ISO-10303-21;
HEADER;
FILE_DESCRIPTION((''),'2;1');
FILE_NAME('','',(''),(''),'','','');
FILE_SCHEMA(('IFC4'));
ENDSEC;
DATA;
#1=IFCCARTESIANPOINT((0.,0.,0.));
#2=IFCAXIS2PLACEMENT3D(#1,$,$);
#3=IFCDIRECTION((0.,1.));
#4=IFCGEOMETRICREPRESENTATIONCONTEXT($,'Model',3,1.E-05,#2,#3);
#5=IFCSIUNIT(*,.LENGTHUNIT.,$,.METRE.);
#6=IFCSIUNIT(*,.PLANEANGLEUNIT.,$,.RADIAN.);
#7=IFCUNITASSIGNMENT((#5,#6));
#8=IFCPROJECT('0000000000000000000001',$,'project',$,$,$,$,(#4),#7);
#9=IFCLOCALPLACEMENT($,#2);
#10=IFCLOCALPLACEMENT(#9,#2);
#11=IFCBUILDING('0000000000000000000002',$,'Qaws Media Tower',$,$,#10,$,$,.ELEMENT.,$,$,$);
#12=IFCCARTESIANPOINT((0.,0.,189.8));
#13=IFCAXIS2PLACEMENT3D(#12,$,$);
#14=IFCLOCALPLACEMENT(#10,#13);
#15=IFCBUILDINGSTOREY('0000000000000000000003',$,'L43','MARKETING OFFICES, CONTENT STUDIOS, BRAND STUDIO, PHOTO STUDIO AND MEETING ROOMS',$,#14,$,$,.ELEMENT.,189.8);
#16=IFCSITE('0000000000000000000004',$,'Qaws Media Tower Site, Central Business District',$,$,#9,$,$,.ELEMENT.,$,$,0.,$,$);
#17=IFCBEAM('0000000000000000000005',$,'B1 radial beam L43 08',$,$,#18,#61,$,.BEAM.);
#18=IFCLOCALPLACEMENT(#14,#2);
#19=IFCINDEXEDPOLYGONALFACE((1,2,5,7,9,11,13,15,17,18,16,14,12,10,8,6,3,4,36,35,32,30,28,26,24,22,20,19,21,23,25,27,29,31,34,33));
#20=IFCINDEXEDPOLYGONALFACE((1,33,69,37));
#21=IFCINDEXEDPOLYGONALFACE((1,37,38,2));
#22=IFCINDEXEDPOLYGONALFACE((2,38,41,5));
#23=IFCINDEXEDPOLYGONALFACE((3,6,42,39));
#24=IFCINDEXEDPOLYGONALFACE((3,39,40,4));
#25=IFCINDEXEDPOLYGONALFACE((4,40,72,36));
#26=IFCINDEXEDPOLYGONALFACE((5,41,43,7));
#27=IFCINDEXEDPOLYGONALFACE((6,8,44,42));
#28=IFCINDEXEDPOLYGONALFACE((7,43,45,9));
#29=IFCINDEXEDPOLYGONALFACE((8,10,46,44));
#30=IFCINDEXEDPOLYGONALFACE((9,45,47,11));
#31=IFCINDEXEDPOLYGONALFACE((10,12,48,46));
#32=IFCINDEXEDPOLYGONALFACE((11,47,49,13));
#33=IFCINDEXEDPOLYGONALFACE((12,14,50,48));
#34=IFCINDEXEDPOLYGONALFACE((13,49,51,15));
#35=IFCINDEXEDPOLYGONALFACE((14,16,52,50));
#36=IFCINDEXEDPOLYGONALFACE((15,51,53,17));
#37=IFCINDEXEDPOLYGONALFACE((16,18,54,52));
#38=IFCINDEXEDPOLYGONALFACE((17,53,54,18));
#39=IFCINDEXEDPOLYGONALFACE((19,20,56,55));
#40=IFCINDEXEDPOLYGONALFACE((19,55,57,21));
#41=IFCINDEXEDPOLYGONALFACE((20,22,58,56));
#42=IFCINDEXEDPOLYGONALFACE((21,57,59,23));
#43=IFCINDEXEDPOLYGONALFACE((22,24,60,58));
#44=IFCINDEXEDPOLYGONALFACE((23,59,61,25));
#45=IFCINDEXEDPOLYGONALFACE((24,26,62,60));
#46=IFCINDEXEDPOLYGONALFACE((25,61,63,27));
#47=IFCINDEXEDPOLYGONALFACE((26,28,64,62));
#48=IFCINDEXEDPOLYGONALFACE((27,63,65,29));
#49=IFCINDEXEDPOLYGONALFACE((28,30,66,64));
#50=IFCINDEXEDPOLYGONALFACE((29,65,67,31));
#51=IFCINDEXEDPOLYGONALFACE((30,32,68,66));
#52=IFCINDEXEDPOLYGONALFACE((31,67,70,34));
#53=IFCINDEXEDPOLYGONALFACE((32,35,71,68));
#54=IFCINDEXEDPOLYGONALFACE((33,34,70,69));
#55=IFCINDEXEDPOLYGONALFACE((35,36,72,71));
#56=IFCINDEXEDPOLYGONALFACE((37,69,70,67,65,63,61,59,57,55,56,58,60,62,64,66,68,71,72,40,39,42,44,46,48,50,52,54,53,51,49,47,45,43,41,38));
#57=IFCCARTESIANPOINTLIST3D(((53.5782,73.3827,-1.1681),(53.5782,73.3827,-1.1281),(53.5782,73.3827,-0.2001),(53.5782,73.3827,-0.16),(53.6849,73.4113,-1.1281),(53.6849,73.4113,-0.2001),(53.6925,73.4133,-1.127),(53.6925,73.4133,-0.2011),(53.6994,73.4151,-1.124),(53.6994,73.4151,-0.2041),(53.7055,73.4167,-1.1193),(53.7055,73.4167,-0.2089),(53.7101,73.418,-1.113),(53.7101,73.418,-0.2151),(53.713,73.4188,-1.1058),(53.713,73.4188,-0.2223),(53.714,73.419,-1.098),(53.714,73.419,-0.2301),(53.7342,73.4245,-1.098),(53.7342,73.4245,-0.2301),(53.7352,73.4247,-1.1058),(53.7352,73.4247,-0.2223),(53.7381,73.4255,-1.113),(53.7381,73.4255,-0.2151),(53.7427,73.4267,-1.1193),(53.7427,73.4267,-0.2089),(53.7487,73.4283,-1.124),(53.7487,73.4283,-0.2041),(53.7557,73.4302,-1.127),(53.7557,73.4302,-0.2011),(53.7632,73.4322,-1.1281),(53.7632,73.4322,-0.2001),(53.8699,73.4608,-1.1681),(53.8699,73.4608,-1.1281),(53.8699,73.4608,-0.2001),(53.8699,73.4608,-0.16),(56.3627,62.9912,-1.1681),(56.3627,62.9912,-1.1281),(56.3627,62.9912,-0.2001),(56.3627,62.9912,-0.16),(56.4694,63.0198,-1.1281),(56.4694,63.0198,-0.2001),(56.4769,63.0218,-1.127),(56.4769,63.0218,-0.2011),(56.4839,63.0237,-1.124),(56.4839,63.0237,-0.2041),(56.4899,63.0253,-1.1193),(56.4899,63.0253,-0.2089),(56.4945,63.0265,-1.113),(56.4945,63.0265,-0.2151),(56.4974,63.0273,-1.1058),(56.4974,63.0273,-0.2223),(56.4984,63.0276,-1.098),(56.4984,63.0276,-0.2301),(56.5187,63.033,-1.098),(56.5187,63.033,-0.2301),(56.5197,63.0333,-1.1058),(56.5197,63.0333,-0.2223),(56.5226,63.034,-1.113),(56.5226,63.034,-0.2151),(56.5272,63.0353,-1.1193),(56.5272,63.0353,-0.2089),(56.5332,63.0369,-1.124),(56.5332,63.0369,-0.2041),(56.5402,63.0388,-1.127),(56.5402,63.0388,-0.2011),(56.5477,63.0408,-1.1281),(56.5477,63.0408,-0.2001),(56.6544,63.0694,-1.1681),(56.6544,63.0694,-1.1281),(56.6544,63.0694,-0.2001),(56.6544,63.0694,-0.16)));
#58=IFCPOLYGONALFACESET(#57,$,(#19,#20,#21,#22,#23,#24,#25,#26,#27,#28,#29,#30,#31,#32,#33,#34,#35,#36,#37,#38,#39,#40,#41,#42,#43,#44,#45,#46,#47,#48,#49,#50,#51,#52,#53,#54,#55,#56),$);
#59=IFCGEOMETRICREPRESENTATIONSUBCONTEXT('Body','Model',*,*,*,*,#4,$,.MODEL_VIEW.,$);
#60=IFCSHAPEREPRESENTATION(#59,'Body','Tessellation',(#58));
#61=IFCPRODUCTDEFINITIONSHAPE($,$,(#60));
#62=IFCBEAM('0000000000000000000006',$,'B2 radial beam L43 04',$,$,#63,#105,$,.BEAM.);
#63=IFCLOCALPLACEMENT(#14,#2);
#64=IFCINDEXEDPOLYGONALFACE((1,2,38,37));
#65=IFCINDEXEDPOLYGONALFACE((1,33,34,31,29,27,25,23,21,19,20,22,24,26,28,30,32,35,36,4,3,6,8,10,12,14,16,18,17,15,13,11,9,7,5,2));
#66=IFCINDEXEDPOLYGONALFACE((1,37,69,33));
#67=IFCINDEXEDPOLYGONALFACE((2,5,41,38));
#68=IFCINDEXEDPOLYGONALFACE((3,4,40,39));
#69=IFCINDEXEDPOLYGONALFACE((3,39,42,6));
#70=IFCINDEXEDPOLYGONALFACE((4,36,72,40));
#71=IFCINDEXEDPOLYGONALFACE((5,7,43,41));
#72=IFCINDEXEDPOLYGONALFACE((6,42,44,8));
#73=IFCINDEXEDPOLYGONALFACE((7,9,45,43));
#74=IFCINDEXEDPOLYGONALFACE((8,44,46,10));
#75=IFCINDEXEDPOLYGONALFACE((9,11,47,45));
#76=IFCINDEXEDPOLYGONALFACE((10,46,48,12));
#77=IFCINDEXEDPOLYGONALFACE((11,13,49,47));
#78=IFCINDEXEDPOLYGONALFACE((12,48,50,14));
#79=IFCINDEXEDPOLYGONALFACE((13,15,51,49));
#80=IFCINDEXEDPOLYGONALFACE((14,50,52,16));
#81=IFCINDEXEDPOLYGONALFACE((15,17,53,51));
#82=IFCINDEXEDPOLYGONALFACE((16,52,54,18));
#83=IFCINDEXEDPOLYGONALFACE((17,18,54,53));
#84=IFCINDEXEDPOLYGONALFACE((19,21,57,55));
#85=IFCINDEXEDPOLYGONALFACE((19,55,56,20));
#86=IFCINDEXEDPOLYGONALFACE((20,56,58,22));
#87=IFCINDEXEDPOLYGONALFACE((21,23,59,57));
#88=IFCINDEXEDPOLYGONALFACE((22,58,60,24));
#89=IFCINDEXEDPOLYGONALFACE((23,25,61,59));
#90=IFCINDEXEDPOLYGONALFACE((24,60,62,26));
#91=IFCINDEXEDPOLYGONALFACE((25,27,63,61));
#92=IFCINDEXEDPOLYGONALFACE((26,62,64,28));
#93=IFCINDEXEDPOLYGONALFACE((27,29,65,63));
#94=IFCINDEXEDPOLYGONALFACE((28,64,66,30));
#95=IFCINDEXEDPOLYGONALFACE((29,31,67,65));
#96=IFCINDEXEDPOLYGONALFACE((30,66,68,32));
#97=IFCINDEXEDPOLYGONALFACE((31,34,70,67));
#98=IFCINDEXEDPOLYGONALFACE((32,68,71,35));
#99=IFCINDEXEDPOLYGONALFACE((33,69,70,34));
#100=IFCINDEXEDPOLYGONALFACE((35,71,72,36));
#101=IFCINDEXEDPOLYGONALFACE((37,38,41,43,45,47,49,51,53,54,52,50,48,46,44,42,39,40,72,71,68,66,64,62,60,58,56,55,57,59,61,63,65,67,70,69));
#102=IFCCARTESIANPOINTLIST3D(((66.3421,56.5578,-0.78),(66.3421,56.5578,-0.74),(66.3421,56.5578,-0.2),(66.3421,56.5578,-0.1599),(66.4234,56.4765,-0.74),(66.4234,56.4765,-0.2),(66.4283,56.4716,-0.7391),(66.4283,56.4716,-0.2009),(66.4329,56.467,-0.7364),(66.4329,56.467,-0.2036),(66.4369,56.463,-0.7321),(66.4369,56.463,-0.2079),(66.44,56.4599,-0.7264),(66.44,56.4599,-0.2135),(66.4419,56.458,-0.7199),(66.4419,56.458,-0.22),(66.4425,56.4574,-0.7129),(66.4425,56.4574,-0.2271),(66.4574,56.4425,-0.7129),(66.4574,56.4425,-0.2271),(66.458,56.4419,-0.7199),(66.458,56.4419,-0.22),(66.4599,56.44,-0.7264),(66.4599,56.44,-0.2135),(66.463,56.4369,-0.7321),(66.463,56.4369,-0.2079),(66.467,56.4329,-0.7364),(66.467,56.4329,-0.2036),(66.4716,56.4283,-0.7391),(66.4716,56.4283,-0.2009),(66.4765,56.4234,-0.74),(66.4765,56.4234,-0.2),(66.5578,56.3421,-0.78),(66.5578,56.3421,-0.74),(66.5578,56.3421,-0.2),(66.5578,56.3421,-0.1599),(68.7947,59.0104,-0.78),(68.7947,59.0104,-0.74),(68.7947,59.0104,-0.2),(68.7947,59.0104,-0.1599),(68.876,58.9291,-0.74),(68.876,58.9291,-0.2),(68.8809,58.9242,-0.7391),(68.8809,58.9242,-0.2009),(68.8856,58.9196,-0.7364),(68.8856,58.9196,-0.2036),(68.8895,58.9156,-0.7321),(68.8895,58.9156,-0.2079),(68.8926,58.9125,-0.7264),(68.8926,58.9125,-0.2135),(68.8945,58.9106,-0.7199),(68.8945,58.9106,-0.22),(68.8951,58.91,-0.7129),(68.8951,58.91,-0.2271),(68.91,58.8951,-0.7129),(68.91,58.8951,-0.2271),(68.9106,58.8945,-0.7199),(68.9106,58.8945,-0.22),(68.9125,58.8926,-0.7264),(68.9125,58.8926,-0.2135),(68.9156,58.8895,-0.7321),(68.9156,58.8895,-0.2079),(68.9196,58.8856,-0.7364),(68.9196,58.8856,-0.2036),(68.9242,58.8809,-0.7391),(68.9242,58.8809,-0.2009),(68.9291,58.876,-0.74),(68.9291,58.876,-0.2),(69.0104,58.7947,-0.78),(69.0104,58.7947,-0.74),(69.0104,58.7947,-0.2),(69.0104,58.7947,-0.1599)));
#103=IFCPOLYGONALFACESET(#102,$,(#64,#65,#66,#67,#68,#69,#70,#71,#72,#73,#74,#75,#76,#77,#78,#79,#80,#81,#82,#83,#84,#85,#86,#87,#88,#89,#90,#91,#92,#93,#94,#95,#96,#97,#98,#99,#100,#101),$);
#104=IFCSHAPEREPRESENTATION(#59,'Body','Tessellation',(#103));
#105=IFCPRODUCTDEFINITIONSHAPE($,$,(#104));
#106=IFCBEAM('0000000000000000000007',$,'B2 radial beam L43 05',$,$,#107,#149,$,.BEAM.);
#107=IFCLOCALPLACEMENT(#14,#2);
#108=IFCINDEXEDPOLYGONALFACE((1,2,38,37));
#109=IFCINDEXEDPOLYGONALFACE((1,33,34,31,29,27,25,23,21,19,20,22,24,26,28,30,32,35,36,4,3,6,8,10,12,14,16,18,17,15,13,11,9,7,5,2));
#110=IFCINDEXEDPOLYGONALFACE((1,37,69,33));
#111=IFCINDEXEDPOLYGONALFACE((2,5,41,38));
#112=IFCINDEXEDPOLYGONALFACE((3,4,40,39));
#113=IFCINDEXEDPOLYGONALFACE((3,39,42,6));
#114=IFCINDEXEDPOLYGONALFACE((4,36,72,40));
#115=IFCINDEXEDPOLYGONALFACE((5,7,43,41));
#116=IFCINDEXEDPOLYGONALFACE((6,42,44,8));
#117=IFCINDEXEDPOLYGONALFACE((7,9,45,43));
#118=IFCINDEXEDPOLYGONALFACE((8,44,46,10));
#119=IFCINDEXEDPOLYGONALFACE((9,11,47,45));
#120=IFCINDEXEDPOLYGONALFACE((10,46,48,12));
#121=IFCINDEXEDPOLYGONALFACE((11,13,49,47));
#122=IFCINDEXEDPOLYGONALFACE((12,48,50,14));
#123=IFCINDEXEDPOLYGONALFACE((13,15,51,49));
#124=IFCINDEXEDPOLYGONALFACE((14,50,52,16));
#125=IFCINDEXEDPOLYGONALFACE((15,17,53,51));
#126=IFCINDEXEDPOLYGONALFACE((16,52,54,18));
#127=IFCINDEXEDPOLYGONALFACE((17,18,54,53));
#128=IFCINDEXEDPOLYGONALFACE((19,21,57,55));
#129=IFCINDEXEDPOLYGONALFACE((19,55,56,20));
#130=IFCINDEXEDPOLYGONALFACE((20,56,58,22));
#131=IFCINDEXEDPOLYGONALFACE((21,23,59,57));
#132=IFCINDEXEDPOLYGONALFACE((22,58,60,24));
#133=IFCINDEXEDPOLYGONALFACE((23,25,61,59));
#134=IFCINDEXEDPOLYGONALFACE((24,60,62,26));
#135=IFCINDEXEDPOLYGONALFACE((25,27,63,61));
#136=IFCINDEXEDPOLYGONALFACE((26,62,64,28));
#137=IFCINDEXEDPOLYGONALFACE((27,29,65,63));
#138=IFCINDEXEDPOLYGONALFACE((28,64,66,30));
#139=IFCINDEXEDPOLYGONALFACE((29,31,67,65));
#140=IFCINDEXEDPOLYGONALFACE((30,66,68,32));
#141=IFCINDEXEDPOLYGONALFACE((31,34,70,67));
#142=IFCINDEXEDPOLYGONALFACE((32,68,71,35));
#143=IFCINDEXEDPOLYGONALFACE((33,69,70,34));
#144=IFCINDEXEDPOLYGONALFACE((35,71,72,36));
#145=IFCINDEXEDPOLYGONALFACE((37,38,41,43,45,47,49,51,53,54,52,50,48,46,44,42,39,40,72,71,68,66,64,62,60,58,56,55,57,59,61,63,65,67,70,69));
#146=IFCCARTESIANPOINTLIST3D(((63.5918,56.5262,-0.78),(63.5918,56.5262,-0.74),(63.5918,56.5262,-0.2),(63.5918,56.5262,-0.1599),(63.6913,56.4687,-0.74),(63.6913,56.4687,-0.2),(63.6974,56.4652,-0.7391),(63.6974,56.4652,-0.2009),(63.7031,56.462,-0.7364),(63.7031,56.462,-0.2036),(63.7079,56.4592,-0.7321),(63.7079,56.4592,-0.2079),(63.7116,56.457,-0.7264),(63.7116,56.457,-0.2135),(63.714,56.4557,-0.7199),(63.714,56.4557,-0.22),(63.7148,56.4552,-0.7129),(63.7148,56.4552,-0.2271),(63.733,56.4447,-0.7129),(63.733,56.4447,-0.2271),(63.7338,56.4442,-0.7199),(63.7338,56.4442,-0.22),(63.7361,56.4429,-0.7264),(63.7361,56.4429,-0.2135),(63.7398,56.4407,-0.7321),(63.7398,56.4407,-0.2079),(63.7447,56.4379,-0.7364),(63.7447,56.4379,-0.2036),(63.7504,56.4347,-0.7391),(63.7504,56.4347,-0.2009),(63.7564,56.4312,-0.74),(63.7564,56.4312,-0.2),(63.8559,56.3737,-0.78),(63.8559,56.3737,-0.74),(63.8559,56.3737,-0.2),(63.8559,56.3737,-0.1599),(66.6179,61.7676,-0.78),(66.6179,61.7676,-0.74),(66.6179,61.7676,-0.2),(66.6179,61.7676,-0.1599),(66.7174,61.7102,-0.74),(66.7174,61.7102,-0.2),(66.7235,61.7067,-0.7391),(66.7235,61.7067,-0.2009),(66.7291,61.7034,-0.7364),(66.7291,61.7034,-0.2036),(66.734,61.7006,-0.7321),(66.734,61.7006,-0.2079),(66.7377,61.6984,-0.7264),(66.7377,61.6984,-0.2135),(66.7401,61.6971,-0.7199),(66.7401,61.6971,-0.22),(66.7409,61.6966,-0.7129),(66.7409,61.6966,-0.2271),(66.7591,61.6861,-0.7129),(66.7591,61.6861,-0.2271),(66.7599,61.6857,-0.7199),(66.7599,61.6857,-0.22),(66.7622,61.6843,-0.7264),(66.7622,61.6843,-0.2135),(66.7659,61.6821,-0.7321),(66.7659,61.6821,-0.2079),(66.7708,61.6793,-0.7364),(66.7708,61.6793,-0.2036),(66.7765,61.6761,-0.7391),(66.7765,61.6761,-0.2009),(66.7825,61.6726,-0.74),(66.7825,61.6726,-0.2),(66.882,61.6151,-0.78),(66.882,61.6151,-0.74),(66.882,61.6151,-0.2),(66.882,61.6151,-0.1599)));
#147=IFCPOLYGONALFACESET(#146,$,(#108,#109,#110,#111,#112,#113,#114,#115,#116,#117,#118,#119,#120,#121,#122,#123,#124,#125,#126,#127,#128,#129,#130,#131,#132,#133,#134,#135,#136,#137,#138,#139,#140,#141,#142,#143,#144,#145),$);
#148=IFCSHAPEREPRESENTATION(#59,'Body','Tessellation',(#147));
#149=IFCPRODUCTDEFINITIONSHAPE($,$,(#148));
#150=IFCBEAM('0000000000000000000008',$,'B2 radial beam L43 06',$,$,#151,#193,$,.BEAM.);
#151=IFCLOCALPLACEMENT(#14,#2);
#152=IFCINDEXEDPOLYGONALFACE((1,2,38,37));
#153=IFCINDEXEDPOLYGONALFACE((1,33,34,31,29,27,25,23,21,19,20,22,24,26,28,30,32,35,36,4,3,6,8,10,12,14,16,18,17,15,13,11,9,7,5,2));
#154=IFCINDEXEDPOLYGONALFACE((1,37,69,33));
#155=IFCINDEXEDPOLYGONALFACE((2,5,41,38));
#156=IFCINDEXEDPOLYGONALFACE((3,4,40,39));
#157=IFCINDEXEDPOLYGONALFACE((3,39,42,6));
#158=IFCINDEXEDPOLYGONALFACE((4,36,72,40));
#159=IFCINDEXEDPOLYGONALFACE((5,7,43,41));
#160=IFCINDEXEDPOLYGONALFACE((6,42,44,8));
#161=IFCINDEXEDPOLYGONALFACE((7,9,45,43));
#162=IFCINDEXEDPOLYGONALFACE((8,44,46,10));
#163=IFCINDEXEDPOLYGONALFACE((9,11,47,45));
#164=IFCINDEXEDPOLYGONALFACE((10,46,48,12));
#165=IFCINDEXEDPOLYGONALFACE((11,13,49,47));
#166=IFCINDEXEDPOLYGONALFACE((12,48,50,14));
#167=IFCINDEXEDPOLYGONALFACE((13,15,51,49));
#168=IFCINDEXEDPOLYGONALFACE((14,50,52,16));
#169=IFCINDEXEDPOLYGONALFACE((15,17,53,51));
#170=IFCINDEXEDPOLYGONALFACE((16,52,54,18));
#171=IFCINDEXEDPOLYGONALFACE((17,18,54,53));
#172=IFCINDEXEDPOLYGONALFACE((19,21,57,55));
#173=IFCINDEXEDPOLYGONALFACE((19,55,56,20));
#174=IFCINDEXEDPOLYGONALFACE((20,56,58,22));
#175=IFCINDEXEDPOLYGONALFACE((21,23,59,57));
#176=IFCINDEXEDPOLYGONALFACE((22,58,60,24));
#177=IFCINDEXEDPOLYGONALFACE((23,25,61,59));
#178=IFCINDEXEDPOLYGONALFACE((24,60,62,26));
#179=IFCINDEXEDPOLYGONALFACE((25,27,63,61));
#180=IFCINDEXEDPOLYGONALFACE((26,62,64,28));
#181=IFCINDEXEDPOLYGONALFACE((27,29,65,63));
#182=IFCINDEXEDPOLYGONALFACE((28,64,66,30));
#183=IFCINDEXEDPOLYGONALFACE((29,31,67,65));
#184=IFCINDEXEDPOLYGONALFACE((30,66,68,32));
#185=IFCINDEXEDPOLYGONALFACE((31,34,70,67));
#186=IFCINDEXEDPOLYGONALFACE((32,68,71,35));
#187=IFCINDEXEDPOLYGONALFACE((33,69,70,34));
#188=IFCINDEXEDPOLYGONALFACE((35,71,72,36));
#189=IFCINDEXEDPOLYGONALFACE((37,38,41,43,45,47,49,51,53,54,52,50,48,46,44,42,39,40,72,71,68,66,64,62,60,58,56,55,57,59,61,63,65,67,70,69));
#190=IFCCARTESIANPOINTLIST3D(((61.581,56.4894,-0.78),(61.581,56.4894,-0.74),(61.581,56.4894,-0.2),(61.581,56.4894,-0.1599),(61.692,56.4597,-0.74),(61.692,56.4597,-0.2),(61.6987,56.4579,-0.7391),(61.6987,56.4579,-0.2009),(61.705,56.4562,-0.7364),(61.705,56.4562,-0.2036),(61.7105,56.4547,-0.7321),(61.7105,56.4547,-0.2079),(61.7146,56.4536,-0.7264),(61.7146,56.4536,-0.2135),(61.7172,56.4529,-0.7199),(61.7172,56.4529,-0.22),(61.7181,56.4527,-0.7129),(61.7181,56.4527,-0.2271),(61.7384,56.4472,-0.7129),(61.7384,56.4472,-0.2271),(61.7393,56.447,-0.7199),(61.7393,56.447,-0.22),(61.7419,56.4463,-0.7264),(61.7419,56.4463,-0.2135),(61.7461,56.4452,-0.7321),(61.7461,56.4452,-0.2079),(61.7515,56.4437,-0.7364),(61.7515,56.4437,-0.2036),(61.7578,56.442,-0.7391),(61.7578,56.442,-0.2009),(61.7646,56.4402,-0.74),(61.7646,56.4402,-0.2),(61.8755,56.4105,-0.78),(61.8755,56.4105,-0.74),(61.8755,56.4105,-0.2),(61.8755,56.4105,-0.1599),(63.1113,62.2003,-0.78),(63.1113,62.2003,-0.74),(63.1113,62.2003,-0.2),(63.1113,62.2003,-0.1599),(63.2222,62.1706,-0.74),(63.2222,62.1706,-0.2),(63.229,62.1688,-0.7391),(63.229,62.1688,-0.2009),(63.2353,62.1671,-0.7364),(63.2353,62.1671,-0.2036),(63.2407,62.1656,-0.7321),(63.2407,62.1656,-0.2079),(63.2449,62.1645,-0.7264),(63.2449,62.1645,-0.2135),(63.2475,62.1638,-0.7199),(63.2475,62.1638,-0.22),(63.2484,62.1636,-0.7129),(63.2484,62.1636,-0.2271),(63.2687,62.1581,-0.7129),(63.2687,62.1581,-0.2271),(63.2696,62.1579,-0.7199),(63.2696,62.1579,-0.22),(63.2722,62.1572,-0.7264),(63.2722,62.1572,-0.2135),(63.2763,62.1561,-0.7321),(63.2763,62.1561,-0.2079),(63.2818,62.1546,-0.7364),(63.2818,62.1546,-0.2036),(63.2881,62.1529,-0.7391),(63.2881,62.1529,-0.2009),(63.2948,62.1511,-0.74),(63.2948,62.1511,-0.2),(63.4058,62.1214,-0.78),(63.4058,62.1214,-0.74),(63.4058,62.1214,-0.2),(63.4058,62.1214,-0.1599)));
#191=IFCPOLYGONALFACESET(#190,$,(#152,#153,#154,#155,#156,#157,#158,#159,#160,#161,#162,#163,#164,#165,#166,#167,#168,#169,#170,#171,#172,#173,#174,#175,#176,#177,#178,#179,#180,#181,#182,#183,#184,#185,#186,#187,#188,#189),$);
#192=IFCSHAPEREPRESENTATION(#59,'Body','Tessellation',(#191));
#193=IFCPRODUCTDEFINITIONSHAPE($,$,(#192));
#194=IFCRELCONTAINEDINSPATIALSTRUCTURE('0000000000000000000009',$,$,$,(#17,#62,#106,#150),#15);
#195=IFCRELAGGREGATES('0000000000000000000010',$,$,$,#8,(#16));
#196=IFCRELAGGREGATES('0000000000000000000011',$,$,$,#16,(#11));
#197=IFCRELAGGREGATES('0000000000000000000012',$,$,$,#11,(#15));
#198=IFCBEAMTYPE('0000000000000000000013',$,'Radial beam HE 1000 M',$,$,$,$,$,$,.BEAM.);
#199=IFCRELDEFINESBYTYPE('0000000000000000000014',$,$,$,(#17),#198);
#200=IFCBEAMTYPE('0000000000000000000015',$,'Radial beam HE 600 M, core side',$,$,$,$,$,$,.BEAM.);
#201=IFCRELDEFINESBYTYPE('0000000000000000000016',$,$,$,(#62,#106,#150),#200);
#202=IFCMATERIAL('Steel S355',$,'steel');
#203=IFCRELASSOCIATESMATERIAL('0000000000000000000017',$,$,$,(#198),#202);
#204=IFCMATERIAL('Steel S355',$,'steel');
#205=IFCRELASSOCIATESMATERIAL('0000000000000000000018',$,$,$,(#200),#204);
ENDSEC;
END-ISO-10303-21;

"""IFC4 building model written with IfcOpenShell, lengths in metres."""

from ifc_helpers import new_model, si_unit, direction, frame, origin, origin_2d, place, context, subcontext, project, spatial, i_section, extrude, material, material_profile, profile_set, type_object, element, save


model = new_model("IFC4")

# Units and contexts
model_context = context("Model", 3, precision=1e-05, world=origin(), true_north=direction((0.0, 1.0)))
body_context = subcontext(model_context, "Body", "Model", "MODEL_VIEW")
ifc_project = project(units=[si_unit("LENGTHUNIT", "METRE"), si_unit("PLANEANGLEUNIT", "RADIAN")], contexts=[model_context])

# Site, building, storey
site_placement = place(None, origin())
site = spatial("IfcSite", under=ifc_project, at=site_placement, Name="Qaws Media Tower Site, Central Business District", CompositionType="ELEMENT", RefElevation=0.0)
building_placement = place(site_placement, origin())
building = spatial("IfcBuilding", under=site, at=building_placement, Name="Qaws Media Tower", CompositionType="ELEMENT")
storey_placement = place(building_placement, frame((0.0, 0.0, 189.8)))
storey = spatial("IfcBuildingStorey", under=building, at=storey_placement, Name="L43", Description="MARKETING OFFICES, CONTENT STUDIOS, BRAND STUDIO, PHOTO STUDIO AND MEETING ROOMS", CompositionType="ELEMENT", Elevation=189.8)

# Beams
ifc_material_1 = material(Name="Steel S355", Category="steel")
ifc_material_profile_1 = material_profile(ifc_material_1, i_section(OverallWidth=0.302, OverallDepth=1.0081, WebThickness=0.021, FlangeThickness=0.04, FilletRadius=0.03, at=origin_2d()), Name="HE 1000 M")
ifc_profile_set_1 = profile_set([ifc_material_profile_1], Name="Steel S355")
beam_type_1 = type_object("IfcBeamType", Name="Radial beam HE 1000 M", PredefinedType="BEAM", material=ifc_profile_set_1)
beam_1_placement = place(storey_placement, frame((56.5085, 63.0303, -0.6641), z_axis=(-0.258825, 0.965924, 0.0), x_axis=(-0.965924, -0.258825, 0.0)))
element("IfcBeam", 1, at=beam_1_placement, inside=storey, type_object=beam_type_1, Name="B1 radial beam L43 08", PredefinedType="BEAM", context=body_context, shape_type="SweptSolid", body=[
    extrude(i_section(OverallWidth=0.302, OverallDepth=1.0081, WebThickness=0.021, FlangeThickness=0.04, FilletRadius=0.03, at=origin_2d()), origin(), (0.0, 0.0, 1.0), 10.7581),
])
ifc_material_2 = material(Name="Steel S355", Category="steel")
ifc_material_profile_2 = material_profile(ifc_material_2, i_section(OverallWidth=0.3049, OverallDepth=0.6201, WebThickness=0.021, FlangeThickness=0.04, FilletRadius=0.0271, at=origin_2d()), Name="HE 600 M")
ifc_profile_set_2 = profile_set([ifc_material_profile_2], Name="Steel S355")
beam_type_2 = type_object("IfcBeamType", Name="Radial beam HE 600 M, core side", PredefinedType="BEAM", material=ifc_profile_set_2)
beam_2_placement = place(storey_placement, frame((66.45, 56.45, -0.47), z_axis=(0.707107, 0.707107, 0.0), x_axis=(-0.707107, 0.707107, 0.0)))
element("IfcBeam", 2, at=beam_2_placement, inside=storey, type_object=beam_type_2, Name="B2 radial beam L43 04", PredefinedType="BEAM", context=body_context, shape_type="SweptSolid", body=[
    extrude(i_section(OverallWidth=0.3049, OverallDepth=0.6201, WebThickness=0.021, FlangeThickness=0.04, FilletRadius=0.0271, at=origin_2d()), origin(), (0.0, 0.0, 1.0), 3.4685),
])
beam_3_placement = place(storey_placement, frame((63.7239, 56.45, -0.47), z_axis=(0.499996, 0.866028, 0.0), x_axis=(-0.866028, 0.499996, 0.0)))
element("IfcBeam", 3, at=beam_3_placement, inside=storey, type_object=beam_type_2, Name="B2 radial beam L43 05", PredefinedType="BEAM", context=body_context, shape_type="SweptSolid", body=[
    extrude(i_section(OverallWidth=0.3049, OverallDepth=0.6201, WebThickness=0.021, FlangeThickness=0.04, FilletRadius=0.0271, at=origin_2d()), origin(), (0.0, 0.0, 1.0), 6.0522),
])
beam_4_placement = place(storey_placement, frame((61.7283, 56.45, -0.47), z_axis=(0.258824, 0.965924, 0.0), x_axis=(-0.965924, 0.258824, 0.0)))
element("IfcBeam", 4, at=beam_4_placement, inside=storey, type_object=beam_type_2, Name="B2 radial beam L43 06", PredefinedType="BEAM", context=body_context, shape_type="SweptSolid", body=[
    extrude(i_section(OverallWidth=0.3049, OverallDepth=0.6201, WebThickness=0.021, FlangeThickness=0.04, FilletRadius=0.0271, at=origin_2d()), origin(), (0.0, 0.0, 1.0), 5.9124),
])

save(model, "model.ifc")
